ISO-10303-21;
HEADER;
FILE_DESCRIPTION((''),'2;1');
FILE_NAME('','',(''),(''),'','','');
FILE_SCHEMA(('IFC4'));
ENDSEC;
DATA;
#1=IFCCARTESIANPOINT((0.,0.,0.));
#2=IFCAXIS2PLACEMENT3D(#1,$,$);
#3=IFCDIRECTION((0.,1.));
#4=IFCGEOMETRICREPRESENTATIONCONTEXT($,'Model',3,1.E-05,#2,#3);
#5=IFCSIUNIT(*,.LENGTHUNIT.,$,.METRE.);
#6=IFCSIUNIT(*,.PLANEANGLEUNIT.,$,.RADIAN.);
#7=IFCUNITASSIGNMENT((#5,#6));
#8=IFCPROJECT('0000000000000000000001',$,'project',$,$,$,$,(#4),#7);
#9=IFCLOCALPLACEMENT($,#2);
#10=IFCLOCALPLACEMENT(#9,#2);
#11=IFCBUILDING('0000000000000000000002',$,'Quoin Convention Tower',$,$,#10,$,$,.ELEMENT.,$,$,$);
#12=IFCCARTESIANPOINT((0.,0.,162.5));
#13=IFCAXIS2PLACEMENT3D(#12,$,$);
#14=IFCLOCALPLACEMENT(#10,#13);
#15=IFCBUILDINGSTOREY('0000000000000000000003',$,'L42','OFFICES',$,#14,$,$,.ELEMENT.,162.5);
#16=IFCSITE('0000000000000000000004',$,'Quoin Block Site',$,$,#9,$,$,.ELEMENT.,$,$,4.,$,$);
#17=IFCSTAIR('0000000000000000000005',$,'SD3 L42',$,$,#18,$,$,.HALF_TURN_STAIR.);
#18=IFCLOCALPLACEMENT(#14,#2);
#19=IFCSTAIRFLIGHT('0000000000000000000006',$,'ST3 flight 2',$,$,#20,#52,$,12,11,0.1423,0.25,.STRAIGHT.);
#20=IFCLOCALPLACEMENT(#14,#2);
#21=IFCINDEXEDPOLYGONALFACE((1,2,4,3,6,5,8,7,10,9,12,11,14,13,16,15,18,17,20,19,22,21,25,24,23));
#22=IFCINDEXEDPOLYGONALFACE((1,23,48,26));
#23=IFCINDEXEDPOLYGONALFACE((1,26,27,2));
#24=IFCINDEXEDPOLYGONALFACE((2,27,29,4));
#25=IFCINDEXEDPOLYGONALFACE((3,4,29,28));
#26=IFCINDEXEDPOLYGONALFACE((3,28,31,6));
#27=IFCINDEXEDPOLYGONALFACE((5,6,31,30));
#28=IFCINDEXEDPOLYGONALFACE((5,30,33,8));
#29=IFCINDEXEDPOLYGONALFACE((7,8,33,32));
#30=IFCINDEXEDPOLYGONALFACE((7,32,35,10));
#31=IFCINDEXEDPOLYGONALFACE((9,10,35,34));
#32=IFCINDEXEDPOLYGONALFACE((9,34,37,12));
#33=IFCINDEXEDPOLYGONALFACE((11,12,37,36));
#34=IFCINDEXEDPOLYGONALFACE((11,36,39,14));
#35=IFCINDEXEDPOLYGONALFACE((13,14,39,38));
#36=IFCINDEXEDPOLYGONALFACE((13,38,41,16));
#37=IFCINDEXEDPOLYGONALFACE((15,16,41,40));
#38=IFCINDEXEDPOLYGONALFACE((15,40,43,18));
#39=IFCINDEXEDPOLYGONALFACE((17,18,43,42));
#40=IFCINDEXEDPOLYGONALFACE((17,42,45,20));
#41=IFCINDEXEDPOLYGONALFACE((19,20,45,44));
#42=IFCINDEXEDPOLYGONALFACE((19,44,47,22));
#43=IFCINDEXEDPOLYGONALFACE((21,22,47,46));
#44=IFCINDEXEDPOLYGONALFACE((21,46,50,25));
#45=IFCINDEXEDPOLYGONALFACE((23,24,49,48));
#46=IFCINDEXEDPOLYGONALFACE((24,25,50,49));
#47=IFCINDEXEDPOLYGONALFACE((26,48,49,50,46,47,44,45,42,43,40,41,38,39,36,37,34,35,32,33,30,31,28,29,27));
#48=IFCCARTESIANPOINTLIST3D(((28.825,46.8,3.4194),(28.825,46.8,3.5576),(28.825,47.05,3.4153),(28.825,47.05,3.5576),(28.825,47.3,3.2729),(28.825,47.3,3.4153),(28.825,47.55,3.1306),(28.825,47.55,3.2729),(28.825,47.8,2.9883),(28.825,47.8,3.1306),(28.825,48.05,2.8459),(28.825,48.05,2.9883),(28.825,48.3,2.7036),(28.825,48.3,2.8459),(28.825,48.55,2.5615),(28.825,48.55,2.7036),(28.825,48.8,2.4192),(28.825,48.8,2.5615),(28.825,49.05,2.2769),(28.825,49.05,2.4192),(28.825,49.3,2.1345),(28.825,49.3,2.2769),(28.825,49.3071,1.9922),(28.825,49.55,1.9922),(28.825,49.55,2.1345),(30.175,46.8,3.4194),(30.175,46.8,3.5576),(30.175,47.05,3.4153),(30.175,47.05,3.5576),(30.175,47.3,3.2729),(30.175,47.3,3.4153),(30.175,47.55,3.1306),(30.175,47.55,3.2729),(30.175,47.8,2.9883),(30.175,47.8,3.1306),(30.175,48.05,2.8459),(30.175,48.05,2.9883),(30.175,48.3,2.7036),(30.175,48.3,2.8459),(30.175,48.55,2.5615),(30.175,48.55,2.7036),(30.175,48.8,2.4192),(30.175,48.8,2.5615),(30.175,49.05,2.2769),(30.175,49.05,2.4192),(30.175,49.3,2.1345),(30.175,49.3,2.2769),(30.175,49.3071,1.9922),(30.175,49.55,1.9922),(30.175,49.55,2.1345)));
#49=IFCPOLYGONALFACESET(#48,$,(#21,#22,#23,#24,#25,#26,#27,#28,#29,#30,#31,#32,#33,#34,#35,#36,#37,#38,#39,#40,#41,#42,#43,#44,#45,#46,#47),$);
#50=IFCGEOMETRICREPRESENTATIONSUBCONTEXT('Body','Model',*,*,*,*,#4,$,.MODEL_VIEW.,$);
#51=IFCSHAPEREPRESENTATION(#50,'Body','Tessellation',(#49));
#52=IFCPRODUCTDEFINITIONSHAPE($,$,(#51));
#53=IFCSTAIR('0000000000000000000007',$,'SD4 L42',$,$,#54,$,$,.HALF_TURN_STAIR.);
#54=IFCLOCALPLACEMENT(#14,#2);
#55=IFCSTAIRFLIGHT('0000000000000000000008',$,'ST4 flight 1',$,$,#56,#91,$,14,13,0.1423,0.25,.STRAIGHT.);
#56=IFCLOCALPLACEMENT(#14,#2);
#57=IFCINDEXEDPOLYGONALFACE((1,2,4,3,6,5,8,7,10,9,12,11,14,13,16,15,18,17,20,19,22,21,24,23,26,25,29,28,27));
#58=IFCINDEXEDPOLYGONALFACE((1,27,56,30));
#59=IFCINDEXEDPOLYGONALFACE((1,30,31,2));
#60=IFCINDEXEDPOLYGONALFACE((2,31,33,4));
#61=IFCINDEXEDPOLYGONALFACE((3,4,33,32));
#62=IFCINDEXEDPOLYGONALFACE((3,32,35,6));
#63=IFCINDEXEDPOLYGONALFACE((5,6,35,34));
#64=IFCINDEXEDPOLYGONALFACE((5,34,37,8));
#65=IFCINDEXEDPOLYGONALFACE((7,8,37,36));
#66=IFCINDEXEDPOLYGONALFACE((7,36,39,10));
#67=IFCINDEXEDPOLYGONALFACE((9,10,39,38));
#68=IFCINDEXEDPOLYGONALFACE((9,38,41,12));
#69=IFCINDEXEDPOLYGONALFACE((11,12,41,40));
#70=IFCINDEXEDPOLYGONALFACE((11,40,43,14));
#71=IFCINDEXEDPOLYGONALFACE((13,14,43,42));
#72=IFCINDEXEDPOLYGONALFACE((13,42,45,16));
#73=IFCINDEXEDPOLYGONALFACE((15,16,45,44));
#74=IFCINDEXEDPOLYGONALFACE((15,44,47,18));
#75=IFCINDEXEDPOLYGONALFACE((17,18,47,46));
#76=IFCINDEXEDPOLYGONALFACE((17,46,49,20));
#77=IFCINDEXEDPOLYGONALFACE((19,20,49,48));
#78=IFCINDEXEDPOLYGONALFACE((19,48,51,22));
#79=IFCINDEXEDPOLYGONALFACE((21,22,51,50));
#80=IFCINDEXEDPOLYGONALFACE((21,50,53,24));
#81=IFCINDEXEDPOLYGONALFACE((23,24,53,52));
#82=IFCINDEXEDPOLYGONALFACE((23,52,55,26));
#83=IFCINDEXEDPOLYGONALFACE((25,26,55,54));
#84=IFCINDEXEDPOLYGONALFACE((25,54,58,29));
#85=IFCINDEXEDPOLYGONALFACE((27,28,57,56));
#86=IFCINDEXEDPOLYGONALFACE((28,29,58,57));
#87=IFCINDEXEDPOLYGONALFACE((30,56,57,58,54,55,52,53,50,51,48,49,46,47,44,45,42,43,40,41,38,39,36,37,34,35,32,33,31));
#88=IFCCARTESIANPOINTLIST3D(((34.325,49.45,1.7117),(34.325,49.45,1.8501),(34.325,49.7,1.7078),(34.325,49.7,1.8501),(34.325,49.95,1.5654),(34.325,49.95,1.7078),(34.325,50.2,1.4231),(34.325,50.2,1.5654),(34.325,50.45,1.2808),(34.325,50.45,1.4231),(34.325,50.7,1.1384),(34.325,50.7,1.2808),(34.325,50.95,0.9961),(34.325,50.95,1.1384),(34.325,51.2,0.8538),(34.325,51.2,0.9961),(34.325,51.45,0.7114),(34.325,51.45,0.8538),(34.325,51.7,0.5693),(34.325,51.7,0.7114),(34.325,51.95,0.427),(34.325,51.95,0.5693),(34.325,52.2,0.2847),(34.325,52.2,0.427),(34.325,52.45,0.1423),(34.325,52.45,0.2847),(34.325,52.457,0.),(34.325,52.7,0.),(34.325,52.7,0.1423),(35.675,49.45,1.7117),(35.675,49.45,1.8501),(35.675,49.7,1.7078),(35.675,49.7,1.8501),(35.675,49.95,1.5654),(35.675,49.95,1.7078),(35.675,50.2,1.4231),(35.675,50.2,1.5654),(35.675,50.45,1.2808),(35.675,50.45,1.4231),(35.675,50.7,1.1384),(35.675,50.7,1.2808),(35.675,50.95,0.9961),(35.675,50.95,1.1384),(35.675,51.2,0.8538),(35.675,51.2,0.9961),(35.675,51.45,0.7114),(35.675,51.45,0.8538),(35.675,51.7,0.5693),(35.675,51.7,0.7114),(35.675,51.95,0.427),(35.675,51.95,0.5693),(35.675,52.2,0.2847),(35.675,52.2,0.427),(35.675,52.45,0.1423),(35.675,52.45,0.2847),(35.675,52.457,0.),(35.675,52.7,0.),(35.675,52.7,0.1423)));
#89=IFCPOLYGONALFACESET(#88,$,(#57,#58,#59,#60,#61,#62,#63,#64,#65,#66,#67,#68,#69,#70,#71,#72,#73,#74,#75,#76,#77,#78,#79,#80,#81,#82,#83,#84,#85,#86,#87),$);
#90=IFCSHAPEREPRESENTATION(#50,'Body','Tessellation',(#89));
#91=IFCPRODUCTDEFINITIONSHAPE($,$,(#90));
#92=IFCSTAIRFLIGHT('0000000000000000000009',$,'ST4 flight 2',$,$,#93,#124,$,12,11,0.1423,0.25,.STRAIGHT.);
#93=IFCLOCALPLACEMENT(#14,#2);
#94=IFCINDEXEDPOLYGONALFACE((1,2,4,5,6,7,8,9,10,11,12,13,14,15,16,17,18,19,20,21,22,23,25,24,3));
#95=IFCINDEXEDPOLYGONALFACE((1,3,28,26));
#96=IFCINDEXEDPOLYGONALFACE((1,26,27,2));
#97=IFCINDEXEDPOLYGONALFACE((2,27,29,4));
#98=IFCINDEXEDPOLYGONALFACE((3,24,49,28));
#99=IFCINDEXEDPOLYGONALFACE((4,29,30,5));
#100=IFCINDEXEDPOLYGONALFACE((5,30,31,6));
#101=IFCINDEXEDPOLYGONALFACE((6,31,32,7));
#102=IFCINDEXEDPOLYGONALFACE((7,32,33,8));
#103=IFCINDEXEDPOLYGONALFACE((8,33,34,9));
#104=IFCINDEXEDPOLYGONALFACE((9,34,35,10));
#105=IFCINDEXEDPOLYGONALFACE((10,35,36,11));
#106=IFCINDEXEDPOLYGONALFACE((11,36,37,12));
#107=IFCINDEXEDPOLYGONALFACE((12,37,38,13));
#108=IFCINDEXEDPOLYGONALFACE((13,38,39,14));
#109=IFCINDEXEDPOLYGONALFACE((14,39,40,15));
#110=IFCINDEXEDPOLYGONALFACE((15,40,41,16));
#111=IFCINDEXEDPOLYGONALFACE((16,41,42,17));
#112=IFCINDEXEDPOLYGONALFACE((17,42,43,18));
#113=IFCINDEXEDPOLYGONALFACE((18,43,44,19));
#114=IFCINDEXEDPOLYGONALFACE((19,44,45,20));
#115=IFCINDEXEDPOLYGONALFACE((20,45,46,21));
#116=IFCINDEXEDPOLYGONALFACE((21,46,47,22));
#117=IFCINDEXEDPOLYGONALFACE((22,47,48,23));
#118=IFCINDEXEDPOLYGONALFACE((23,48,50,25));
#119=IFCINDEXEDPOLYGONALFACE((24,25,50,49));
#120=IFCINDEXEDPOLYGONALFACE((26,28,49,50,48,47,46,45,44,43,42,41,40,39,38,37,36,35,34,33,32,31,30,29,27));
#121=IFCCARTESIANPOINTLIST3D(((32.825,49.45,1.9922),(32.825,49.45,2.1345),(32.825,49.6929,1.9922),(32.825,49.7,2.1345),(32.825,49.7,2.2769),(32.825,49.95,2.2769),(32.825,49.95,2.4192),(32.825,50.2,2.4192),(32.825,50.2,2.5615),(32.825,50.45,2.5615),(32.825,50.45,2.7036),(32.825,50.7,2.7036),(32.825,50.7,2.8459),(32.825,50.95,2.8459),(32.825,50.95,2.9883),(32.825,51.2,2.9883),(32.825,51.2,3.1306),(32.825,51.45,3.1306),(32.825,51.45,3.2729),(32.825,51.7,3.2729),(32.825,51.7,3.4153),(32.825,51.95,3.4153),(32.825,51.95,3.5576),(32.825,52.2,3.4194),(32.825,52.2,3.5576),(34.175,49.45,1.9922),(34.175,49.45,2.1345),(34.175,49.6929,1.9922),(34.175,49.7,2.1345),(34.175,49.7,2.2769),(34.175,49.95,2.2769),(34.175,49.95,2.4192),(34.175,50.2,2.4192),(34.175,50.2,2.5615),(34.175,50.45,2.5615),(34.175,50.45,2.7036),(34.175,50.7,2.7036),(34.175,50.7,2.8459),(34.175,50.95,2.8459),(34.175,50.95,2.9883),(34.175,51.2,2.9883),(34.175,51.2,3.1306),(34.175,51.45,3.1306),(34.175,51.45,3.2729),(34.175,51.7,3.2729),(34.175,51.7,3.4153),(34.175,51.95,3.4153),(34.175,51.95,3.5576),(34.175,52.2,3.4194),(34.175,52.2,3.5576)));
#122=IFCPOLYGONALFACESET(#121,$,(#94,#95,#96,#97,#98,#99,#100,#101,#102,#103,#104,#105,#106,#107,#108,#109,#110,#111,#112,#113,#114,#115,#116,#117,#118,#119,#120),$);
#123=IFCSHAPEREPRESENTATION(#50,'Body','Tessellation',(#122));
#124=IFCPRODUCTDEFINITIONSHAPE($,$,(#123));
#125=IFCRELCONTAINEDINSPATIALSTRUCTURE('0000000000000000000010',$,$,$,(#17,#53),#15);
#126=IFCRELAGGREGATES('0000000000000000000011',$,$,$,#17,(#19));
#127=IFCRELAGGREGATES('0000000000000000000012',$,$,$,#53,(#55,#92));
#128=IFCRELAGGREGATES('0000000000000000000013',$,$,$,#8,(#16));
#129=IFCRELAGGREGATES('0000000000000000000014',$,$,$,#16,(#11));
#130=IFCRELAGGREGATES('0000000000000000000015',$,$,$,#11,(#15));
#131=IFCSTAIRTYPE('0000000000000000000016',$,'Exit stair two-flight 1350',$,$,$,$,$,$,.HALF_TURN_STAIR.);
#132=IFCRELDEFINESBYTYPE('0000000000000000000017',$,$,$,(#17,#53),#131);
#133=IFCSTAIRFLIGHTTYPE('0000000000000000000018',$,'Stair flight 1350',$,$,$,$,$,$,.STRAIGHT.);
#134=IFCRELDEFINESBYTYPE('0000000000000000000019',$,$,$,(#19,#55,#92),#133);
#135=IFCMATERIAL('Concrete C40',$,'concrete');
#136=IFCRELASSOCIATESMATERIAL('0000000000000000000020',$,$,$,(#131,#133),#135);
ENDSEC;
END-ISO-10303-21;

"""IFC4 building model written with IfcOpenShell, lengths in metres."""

from ifc_helpers import new_model, si_unit, direction, frame, origin, place, context, subcontext, project, spatial, polyline, outline, extrude, material, type_object, element, aggregate, save


model = new_model("IFC4")

# Units and contexts
model_context = context("Model", 3, precision=1e-05, world=origin(), true_north=direction((0.0, 1.0)))
body_context = subcontext(model_context, "Body", "Model", "MODEL_VIEW")
ifc_project = project(units=[si_unit("LENGTHUNIT", "METRE"), si_unit("PLANEANGLEUNIT", "RADIAN")], contexts=[model_context])

# Site, building, storey
site_placement = place(None, origin())
site = spatial("IfcSite", under=ifc_project, at=site_placement, Name="Quoin Block Site", CompositionType="ELEMENT", RefElevation=4.0)
building_placement = place(site_placement, origin())
building = spatial("IfcBuilding", under=site, at=building_placement, Name="Quoin Convention Tower", CompositionType="ELEMENT")
storey_placement = place(building_placement, frame((0.0, 0.0, 162.5)))
storey = spatial("IfcBuildingStorey", under=building, at=storey_placement, Name="L42", Description="OFFICES", CompositionType="ELEMENT", Elevation=162.5)

# Stair, stair flight
ifc_material_1 = material(Name="Concrete C40", Category="concrete")
stair_type = type_object("IfcStairType", Name="Exit stair two-flight 1350", PredefinedType="HALF_TURN_STAIR", material=ifc_material_1)
stair_1_placement = place(storey_placement, origin())
stair_1 = element("IfcStair", 1, at=stair_1_placement, inside=storey, type_object=stair_type, Name="SD3 L42", PredefinedType="HALF_TURN_STAIR")
stair_flight_type = type_object("IfcStairFlightType", Name="Stair flight 1350", PredefinedType="STRAIGHT", material=ifc_material_1)
stair_flight_1_placement = place(storey_placement, frame((29.5, 49.55, 1.9922), z_axis=(0.0, 0.0, 1.0), x_axis=(0.0, -1.0, 0.0)))
stair_flight_1 = element("IfcStairFlight", 2, at=stair_flight_1_placement, type_object=stair_flight_type, Name="ST3 flight 2", NumberOfRisers=12, NumberOfTreads=11, PredefinedType="STRAIGHT", RiserHeight=0.1423, TreadLength=0.25, context=body_context, shape_type="SweptSolid", body=[
    extrude(outline(polyline([(0.0, 0.0), (0.0, 0.1423), (0.25, 0.1423), (0.25, 0.2847), (0.5, 0.2847), (0.5, 0.427), (0.75, 0.427), (0.75, 0.5693), (1.0, 0.5693), (1.0, 0.7114), (1.25, 0.7114), (1.25, 0.8538), (1.5, 0.8538), (1.5, 0.9961), (1.75, 0.9961), (1.75, 1.1384), (2.0, 1.1384), (2.0, 1.2808), (2.25, 1.2808), (2.25, 1.4231), (2.5, 1.4231), (2.5, 1.5654), (2.75, 1.5654), (2.75, 1.7078), (2.75, 1.4272), (0.2429, 0.0), (0.0, 0.0)])), frame((0.0, 0.675, 0.0), z_axis=(0.0, -1.0, 0.0), x_axis=(1.0, 0.0, 0.0)), (0.0, 0.0, 1.0), 1.3501),
])
aggregate(stair_1, [stair_flight_1])

# Stair, stair flights
stair_2_placement = place(storey_placement, origin())
stair_2 = element("IfcStair", 3, at=stair_2_placement, inside=storey, type_object=stair_type, Name="SD4 L42", PredefinedType="HALF_TURN_STAIR")
stair_flight_2_placement = place(storey_placement, frame((35.0, 52.7, 0.0), z_axis=(0.0, 0.0, 1.0), x_axis=(0.0, -1.0, 0.0)))
stair_flight_2 = element("IfcStairFlight", 4, at=stair_flight_2_placement, type_object=stair_flight_type, Name="ST4 flight 1", NumberOfRisers=14, NumberOfTreads=13, PredefinedType="STRAIGHT", RiserHeight=0.1423, TreadLength=0.25, context=body_context, shape_type="SweptSolid", body=[
    extrude(outline(polyline([(0.0, 0.0), (0.0, 0.1423), (0.25, 0.1423), (0.25, 0.2847), (0.5, 0.2847), (0.5, 0.427), (0.75, 0.427), (0.75, 0.5693), (1.0, 0.5693), (1.0, 0.7114), (1.25, 0.7114), (1.25, 0.8538), (1.5, 0.8538), (1.5, 0.9961), (1.75, 0.9961), (1.75, 1.1384), (2.0, 1.1384), (2.0, 1.2808), (2.25, 1.2808), (2.25, 1.4231), (2.5, 1.4231), (2.5, 1.5654), (2.75, 1.5654), (2.75, 1.7078), (3.0, 1.7078), (3.0, 1.8501), (3.25, 1.8501), (3.25, 1.9922), (3.25, 1.7117), (0.2429, 0.0), (0.0, 0.0)])), frame((0.0, 0.675, 0.0), z_axis=(0.0, -1.0, 0.0), x_axis=(1.0, 0.0, 0.0)), (0.0, 0.0, 1.0), 1.3501),
])
stair_flight_3_placement = place(storey_placement, frame((33.5, 49.45, 1.9922), z_axis=(0.0, 0.0, 1.0), x_axis=(0.0, 1.0, 0.0)))
stair_flight_3 = element("IfcStairFlight", 5, at=stair_flight_3_placement, type_object=stair_flight_type, Name="ST4 flight 2", NumberOfRisers=12, NumberOfTreads=11, PredefinedType="STRAIGHT", RiserHeight=0.1423, TreadLength=0.25, context=body_context, shape_type="SweptSolid", body=[
    extrude(outline(polyline([(0.0, 0.0), (0.0, 0.1423), (0.25, 0.1423), (0.25, 0.2847), (0.5, 0.2847), (0.5, 0.427), (0.75, 0.427), (0.75, 0.5693), (1.0, 0.5693), (1.0, 0.7114), (1.25, 0.7114), (1.25, 0.8538), (1.5, 0.8538), (1.5, 0.9961), (1.75, 0.9961), (1.75, 1.1384), (2.0, 1.1384), (2.0, 1.2808), (2.25, 1.2808), (2.25, 1.4231), (2.5, 1.4231), (2.5, 1.5654), (2.75, 1.5654), (2.75, 1.7078), (2.75, 1.4272), (0.2429, 0.0), (0.0, 0.0)])), frame((0.0, 0.675, 0.0), z_axis=(0.0, -1.0, 0.0), x_axis=(1.0, 0.0, 0.0)), (0.0, 0.0, 1.0), 1.3501),
])
aggregate(stair_2, [stair_flight_2, stair_flight_3])

save(model, "model.ifc")
